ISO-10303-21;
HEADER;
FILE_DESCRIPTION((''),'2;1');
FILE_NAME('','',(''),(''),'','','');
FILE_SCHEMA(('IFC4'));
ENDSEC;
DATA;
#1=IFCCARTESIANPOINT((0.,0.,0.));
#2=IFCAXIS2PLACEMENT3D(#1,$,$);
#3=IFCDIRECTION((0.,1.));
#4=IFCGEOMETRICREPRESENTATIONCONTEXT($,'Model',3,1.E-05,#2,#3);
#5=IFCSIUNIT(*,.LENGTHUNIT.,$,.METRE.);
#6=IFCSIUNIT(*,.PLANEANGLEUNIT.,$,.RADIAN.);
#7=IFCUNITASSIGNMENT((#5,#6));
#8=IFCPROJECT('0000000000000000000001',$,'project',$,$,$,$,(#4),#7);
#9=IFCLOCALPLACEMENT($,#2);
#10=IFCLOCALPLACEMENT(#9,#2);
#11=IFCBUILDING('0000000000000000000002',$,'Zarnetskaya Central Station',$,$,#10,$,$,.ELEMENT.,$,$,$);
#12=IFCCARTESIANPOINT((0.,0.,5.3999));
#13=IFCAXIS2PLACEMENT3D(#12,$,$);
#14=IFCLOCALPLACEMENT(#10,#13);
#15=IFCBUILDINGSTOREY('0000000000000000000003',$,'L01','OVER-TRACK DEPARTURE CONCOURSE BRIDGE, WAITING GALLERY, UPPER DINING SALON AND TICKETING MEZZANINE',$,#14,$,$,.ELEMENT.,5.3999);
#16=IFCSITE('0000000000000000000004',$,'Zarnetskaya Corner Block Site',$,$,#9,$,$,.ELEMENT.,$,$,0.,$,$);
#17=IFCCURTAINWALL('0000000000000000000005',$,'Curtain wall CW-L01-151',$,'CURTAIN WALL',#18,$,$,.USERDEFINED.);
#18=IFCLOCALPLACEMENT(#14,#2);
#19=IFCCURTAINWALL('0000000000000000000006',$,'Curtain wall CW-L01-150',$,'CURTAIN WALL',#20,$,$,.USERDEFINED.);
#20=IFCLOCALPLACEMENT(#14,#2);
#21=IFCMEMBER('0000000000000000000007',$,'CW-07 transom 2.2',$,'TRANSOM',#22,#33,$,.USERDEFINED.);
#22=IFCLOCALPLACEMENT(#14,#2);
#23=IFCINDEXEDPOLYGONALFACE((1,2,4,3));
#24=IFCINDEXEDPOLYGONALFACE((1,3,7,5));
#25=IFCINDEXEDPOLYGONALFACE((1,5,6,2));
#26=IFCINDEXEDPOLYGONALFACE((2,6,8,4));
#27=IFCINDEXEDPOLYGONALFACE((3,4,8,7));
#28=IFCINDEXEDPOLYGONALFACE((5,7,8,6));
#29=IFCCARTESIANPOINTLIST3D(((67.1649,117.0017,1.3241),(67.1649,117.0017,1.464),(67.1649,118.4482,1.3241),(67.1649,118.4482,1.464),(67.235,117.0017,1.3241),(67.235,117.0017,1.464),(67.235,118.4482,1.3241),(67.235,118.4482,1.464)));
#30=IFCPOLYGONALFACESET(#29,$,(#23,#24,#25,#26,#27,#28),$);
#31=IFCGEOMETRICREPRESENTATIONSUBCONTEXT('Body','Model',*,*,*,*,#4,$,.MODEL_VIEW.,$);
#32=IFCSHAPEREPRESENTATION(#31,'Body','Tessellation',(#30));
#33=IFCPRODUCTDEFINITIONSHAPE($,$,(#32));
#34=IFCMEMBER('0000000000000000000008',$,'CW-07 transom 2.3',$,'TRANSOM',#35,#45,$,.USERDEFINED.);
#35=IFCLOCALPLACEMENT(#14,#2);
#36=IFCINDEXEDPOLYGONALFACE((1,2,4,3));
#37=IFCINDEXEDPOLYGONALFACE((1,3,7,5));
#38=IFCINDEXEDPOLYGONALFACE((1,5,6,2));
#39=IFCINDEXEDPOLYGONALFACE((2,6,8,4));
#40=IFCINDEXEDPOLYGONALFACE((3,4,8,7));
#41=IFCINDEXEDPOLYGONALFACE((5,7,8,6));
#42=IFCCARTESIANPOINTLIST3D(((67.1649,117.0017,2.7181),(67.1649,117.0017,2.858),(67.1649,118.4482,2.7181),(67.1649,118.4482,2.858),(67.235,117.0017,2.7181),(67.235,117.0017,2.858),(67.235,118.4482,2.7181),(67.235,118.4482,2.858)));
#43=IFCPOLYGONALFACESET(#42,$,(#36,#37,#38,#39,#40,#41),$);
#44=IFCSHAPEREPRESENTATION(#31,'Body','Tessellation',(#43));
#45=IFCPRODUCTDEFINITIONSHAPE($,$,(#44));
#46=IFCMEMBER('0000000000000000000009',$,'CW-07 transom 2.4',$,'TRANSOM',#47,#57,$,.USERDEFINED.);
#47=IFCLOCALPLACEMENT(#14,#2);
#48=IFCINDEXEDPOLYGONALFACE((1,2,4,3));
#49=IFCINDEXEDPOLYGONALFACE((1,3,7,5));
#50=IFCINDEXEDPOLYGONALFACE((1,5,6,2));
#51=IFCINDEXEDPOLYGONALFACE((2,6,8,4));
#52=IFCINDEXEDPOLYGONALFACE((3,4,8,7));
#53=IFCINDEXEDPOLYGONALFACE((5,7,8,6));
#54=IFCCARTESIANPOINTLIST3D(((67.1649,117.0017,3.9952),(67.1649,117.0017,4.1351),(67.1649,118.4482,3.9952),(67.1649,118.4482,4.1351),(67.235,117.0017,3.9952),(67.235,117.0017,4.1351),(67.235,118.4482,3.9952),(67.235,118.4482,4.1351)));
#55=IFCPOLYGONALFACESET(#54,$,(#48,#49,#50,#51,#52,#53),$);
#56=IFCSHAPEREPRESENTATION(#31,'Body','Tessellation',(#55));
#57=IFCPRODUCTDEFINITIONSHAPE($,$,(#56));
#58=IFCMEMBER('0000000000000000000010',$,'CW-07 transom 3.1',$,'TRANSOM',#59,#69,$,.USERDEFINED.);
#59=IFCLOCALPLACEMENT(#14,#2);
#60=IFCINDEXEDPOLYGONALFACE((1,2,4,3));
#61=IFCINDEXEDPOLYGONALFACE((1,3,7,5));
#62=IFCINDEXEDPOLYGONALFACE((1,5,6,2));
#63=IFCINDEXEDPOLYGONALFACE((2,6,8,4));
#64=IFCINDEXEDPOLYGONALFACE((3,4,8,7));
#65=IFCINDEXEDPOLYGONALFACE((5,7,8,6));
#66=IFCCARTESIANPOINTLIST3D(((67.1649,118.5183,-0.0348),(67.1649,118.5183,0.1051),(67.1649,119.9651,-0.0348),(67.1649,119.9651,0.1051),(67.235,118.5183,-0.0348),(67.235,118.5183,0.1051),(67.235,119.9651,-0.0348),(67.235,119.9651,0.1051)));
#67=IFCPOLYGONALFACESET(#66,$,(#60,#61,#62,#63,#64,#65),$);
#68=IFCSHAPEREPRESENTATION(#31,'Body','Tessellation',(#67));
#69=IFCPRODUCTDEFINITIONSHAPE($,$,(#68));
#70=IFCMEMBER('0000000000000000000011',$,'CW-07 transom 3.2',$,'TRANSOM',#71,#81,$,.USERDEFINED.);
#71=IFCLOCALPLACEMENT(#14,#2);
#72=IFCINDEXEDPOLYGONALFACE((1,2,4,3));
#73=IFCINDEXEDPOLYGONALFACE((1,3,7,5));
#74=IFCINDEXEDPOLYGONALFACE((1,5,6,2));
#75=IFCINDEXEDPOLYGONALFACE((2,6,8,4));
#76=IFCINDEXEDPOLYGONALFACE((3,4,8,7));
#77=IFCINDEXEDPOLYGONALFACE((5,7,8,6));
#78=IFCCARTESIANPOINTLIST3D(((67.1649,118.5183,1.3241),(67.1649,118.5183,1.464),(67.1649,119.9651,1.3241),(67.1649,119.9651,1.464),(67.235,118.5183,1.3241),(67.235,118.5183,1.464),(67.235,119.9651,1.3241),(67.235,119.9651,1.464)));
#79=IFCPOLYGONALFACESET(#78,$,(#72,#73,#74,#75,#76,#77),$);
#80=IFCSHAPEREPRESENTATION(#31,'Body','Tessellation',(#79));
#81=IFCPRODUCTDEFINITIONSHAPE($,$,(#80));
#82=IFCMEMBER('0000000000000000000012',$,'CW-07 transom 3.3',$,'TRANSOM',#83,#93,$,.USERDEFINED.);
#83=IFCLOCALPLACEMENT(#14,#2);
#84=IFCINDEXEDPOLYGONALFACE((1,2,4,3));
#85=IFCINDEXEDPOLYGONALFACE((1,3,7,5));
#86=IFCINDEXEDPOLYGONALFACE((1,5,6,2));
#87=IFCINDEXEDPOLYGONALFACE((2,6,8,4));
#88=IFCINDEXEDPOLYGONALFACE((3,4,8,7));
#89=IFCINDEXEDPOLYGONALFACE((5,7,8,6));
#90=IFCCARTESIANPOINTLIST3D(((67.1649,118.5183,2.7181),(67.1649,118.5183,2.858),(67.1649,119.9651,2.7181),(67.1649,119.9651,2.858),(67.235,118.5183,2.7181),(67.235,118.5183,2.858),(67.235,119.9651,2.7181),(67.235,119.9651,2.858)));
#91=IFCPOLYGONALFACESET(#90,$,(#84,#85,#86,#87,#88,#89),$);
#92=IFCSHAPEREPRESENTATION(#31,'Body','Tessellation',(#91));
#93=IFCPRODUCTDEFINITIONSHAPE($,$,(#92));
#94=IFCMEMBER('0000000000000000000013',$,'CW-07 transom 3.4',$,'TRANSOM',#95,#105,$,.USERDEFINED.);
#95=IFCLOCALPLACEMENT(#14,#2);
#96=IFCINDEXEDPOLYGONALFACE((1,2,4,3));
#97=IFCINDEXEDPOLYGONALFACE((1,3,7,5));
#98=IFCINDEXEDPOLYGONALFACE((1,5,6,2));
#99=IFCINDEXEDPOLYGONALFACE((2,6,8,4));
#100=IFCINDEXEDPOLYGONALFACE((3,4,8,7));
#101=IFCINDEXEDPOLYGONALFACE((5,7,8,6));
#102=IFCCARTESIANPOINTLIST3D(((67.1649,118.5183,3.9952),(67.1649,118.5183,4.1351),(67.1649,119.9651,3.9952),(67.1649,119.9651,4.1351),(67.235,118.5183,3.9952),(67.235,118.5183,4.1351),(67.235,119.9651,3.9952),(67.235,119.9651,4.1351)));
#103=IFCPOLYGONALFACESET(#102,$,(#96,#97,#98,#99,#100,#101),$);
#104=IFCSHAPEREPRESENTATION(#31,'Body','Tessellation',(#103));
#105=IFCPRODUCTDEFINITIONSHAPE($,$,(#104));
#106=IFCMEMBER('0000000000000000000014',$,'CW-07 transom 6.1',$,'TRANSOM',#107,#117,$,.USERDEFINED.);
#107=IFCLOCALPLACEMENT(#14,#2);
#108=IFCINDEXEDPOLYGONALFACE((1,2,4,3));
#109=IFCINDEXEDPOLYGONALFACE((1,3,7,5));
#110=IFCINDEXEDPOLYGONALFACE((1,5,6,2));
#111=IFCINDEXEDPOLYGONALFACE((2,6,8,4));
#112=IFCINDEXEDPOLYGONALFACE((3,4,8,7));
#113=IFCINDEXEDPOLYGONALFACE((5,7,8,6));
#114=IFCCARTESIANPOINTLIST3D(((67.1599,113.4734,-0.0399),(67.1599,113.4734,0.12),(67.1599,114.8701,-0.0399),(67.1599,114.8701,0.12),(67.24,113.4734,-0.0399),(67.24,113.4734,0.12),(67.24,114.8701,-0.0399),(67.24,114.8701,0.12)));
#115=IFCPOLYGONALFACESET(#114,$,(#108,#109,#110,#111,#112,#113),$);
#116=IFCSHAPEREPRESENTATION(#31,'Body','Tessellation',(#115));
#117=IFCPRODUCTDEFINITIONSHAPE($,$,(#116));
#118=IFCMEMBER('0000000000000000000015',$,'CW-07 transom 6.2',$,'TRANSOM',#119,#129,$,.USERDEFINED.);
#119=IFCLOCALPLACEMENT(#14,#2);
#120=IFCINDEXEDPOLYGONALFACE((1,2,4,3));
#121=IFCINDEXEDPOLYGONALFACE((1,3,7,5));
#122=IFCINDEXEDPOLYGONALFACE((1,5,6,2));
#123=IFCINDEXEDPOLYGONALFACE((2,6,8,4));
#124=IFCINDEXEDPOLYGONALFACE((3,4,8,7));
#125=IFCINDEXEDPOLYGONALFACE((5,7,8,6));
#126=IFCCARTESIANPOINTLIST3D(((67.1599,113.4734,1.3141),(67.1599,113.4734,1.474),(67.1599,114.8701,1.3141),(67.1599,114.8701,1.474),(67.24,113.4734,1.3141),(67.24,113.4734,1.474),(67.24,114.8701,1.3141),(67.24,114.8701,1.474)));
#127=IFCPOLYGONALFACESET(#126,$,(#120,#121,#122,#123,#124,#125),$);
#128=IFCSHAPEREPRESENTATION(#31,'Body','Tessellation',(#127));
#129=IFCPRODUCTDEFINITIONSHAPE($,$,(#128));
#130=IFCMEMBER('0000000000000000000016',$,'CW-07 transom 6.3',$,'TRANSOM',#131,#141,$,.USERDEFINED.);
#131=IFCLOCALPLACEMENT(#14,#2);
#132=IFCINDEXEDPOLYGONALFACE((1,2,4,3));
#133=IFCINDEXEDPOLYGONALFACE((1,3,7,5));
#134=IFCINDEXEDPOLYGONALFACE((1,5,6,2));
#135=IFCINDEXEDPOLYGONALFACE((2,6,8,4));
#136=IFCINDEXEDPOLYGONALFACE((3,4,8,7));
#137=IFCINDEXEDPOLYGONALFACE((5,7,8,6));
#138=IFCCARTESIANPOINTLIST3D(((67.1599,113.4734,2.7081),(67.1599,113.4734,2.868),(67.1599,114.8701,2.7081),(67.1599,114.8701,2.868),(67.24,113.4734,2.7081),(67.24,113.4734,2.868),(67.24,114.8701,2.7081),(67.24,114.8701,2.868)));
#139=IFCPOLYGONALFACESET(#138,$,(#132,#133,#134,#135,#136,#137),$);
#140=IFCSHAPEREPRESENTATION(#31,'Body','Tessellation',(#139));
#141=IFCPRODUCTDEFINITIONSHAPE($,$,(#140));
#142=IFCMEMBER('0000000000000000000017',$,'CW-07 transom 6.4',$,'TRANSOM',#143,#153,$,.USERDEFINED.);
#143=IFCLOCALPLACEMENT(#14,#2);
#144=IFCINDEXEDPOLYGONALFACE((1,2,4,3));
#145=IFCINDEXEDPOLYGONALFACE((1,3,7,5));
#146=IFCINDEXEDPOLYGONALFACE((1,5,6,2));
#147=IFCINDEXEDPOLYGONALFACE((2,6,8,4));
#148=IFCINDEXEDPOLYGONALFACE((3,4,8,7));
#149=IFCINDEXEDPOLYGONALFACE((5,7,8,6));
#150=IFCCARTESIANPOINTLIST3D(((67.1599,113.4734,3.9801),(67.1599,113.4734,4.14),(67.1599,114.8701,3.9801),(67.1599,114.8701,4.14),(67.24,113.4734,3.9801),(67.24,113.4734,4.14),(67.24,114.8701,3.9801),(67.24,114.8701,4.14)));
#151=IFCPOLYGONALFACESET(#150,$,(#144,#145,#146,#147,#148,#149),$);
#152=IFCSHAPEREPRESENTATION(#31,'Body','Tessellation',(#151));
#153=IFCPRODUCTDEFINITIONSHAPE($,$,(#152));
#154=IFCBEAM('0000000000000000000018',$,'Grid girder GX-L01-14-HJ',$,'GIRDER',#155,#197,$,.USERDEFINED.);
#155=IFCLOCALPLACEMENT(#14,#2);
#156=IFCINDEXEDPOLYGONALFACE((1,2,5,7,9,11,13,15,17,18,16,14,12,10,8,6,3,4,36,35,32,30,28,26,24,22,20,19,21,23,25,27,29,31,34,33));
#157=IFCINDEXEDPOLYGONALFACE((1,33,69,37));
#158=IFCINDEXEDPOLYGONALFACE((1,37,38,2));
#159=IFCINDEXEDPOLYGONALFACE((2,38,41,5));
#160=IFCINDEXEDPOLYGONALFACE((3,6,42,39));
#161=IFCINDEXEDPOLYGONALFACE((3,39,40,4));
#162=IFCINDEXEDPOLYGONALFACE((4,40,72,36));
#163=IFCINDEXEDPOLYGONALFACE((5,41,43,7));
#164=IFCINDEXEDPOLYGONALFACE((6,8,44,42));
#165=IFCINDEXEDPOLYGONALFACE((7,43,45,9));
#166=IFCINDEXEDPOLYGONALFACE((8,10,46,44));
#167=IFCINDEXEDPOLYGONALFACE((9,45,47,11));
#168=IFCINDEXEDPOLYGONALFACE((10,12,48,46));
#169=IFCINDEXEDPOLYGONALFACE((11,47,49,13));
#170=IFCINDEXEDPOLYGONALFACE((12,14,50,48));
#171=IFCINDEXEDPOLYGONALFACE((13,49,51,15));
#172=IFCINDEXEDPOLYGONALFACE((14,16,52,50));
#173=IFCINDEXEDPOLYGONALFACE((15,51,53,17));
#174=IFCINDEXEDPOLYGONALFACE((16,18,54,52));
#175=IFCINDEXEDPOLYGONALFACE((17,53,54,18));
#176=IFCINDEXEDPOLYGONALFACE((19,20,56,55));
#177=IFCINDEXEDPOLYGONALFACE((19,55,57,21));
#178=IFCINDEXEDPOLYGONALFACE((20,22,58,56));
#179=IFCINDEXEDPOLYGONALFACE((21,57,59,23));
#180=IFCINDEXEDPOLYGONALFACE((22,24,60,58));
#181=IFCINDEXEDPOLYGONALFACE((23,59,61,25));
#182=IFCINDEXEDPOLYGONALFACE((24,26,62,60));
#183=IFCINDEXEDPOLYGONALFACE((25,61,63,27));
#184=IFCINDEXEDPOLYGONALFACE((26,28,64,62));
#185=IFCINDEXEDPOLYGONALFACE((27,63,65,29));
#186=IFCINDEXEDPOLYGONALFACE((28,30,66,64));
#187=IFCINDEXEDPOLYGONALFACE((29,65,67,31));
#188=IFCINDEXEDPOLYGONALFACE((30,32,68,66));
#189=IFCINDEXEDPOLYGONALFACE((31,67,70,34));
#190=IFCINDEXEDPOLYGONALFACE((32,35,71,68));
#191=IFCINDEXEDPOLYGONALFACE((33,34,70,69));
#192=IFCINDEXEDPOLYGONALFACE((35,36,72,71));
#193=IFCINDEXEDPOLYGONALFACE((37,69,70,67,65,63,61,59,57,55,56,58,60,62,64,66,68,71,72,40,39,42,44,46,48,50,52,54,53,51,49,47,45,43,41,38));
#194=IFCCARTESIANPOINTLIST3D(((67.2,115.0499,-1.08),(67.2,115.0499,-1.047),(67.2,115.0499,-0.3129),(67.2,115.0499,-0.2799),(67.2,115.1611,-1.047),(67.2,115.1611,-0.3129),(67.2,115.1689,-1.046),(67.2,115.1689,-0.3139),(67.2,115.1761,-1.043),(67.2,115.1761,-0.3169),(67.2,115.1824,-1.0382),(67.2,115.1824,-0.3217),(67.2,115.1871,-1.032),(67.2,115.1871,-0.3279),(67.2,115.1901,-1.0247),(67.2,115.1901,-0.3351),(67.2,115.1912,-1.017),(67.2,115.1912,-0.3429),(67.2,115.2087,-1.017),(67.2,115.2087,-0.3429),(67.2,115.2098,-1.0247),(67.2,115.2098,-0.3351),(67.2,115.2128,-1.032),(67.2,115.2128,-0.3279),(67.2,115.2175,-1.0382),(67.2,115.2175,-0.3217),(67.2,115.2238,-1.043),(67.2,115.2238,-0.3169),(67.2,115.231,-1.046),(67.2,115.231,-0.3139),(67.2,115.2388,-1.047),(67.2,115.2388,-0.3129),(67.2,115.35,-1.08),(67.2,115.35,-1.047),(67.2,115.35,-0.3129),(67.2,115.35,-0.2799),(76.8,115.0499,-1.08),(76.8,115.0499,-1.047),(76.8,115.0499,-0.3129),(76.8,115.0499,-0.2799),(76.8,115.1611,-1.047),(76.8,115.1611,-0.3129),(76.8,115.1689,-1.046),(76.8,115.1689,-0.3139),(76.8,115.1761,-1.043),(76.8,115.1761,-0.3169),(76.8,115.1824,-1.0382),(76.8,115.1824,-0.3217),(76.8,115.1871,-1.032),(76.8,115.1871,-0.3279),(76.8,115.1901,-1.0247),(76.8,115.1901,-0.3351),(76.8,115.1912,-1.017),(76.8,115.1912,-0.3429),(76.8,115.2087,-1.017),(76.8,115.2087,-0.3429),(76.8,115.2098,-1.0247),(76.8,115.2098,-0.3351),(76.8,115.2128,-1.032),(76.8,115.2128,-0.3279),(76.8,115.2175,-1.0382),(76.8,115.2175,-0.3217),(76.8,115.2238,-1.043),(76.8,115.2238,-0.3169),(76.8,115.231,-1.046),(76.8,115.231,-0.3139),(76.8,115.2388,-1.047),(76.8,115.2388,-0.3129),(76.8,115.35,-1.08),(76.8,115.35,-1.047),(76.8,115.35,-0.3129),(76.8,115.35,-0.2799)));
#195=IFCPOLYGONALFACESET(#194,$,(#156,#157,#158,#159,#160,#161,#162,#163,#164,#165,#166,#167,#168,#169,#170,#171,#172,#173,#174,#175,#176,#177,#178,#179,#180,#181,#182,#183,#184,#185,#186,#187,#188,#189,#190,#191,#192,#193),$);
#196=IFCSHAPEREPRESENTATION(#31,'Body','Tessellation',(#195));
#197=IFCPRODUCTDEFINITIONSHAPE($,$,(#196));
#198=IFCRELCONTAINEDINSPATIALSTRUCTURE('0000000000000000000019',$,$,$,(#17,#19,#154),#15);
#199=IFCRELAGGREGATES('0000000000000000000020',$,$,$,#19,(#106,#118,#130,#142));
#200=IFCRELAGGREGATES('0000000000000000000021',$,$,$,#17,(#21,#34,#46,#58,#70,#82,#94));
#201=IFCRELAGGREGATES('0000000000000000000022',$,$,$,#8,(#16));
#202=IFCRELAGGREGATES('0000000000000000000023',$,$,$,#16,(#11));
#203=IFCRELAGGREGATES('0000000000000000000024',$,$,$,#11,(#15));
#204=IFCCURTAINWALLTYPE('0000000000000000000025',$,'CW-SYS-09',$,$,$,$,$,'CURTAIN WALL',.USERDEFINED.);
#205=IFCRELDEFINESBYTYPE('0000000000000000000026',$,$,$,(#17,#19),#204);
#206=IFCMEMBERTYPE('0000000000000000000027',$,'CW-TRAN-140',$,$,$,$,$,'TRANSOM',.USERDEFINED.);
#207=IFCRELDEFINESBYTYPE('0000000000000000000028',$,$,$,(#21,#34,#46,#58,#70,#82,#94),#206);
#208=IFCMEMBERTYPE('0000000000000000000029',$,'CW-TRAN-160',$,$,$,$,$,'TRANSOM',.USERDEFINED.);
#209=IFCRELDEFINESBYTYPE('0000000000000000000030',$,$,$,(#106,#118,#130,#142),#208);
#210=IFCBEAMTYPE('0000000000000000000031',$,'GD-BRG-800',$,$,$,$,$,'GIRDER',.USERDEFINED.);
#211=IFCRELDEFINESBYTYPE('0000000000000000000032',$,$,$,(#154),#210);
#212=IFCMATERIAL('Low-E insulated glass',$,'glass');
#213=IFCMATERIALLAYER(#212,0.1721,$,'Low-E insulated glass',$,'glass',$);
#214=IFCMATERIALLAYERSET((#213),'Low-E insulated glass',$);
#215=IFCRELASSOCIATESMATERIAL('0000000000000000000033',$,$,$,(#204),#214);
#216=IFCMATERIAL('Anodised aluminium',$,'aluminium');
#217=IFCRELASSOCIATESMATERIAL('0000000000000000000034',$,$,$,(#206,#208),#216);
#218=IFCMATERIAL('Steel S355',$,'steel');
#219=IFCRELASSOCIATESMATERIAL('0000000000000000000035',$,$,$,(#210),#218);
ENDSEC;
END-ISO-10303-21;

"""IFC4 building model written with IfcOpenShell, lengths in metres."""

from ifc_helpers import new_model, si_unit, direction, frame, origin, origin_2d, place, context, subcontext, project, spatial, rectangle, i_section, extrude, material, layer, layer_set, material_profile, profile_set, type_object, element, aggregate, save


model = new_model("IFC4")

# Units and contexts
model_context = context("Model", 3, precision=1e-05, world=origin(), true_north=direction((0.0, 1.0)))
body_context = subcontext(model_context, "Body", "Model", "MODEL_VIEW")
ifc_project = project(units=[si_unit("LENGTHUNIT", "METRE"), si_unit("PLANEANGLEUNIT", "RADIAN")], contexts=[model_context])

# Site, building, storey
site_placement = place(None, origin())
site = spatial("IfcSite", under=ifc_project, at=site_placement, Name="Zarnetskaya Corner Block Site", CompositionType="ELEMENT", RefElevation=0.0)
building_placement = place(site_placement, origin())
building = spatial("IfcBuilding", under=site, at=building_placement, Name="Zarnetskaya Central Station", CompositionType="ELEMENT")
storey_placement = place(building_placement, frame((0.0, 0.0, 5.3999)))
storey = spatial("IfcBuildingStorey", under=building, at=storey_placement, Name="L01", Description="OVER-TRACK DEPARTURE CONCOURSE BRIDGE, WAITING GALLERY, UPPER DINING SALON AND TICKETING MEZZANINE", CompositionType="ELEMENT", Elevation=5.3999)

# Shared definitions
ifc_material_1 = material(Name="Steel S355", Category="steel")

# Curtain walls
ifc_material_2 = material(Name="Low-E insulated glass", Category="glass")
ifc_layer_1 = layer(ifc_material_2, 0.1721, Name="Low-E insulated glass", Category="glass")
ifc_layer_set_1 = layer_set([ifc_layer_1], Name="Low-E insulated glass")
curtain_wall_type = type_object("IfcCurtainWallType", Name="CW-SYS-09", ElementType="CURTAIN WALL", PredefinedType="USERDEFINED", material=ifc_layer_set_1)
curtain_wall_1_placement = place(storey_placement, origin())
curtain_wall_1 = element("IfcCurtainWall", 1, at=curtain_wall_1_placement, inside=storey, type_object=curtain_wall_type, Name="Curtain wall CW-L01-151", ObjectType="CURTAIN WALL", PredefinedType="USERDEFINED")
ifc_material_3 = material(Name="Anodised aluminium", Category="aluminium")
curtain_wall_2_placement = place(storey_placement, origin())
curtain_wall_2 = element("IfcCurtainWall", 2, at=curtain_wall_2_placement, inside=storey, type_object=curtain_wall_type, Name="Curtain wall CW-L01-150", ObjectType="CURTAIN WALL", PredefinedType="USERDEFINED")

# Members
ifc_material_profile_1 = material_profile(ifc_material_3, rectangle(XDim=0.0701, YDim=0.1399, at=origin_2d()), Name="ALU TRAN 70x140")
ifc_profile_set_1 = profile_set([ifc_material_profile_1], Name="Anodised aluminium")
member_type_1 = type_object("IfcMemberType", Name="CW-TRAN-140", ElementType="TRANSOM", PredefinedType="USERDEFINED", material=ifc_profile_set_1)
member_1_placement = place(storey_placement, frame((67.2, 117.0017, 1.394), z_axis=(0.0, 1.0, 0.0), x_axis=(-1.0, 0.0, 0.0)))
member_1 = element("IfcMember", 3, at=member_1_placement, type_object=member_type_1, Name="CW-07 transom 2.2", ObjectType="TRANSOM", PredefinedType="USERDEFINED", context=body_context, shape_type="SweptSolid", body=[
    extrude(rectangle(XDim=0.0701, YDim=0.1399, at=origin_2d()), origin(), (0.0, 0.0, 1.0), 1.4465),
])
member_2_placement = place(storey_placement, frame((67.2, 117.0017, 2.7881), z_axis=(0.0, 1.0, 0.0), x_axis=(-1.0, 0.0, 0.0)))
member_2 = element("IfcMember", 4, at=member_2_placement, type_object=member_type_1, Name="CW-07 transom 2.3", ObjectType="TRANSOM", PredefinedType="USERDEFINED", context=body_context, shape_type="SweptSolid", body=[
    extrude(rectangle(XDim=0.0701, YDim=0.1399, at=origin_2d()), origin(), (0.0, 0.0, 1.0), 1.4465),
])
member_3_placement = place(storey_placement, frame((67.2, 117.0017, 4.0652), z_axis=(0.0, 1.0, 0.0), x_axis=(-1.0, 0.0, 0.0)))
member_3 = element("IfcMember", 5, at=member_3_placement, type_object=member_type_1, Name="CW-07 transom 2.4", ObjectType="TRANSOM", PredefinedType="USERDEFINED", context=body_context, shape_type="SweptSolid", body=[
    extrude(rectangle(XDim=0.0701, YDim=0.1399, at=origin_2d()), origin(), (0.0, 0.0, 1.0), 1.4465),
])
member_4_placement = place(storey_placement, frame((67.2, 118.5183, 0.0352), z_axis=(0.0, 1.0, 0.0), x_axis=(-1.0, 0.0, 0.0)))
member_4 = element("IfcMember", 6, at=member_4_placement, type_object=member_type_1, Name="CW-07 transom 3.1", ObjectType="TRANSOM", PredefinedType="USERDEFINED", context=body_context, shape_type="SweptSolid", body=[
    extrude(rectangle(XDim=0.0701, YDim=0.1399, at=origin_2d()), origin(), (0.0, 0.0, 1.0), 1.4468),
])
member_5_placement = place(storey_placement, frame((67.2, 118.5183, 1.394), z_axis=(0.0, 1.0, 0.0), x_axis=(-1.0, 0.0, 0.0)))
member_5 = element("IfcMember", 7, at=member_5_placement, type_object=member_type_1, Name="CW-07 transom 3.2", ObjectType="TRANSOM", PredefinedType="USERDEFINED", context=body_context, shape_type="SweptSolid", body=[
    extrude(rectangle(XDim=0.0701, YDim=0.1399, at=origin_2d()), origin(), (0.0, 0.0, 1.0), 1.4468),
])
member_6_placement = place(storey_placement, frame((67.2, 118.5183, 2.7881), z_axis=(0.0, 1.0, 0.0), x_axis=(-1.0, 0.0, 0.0)))
member_6 = element("IfcMember", 8, at=member_6_placement, type_object=member_type_1, Name="CW-07 transom 3.3", ObjectType="TRANSOM", PredefinedType="USERDEFINED", context=body_context, shape_type="SweptSolid", body=[
    extrude(rectangle(XDim=0.0701, YDim=0.1399, at=origin_2d()), origin(), (0.0, 0.0, 1.0), 1.4468),
])
member_7_placement = place(storey_placement, frame((67.2, 118.5183, 4.0652), z_axis=(0.0, 1.0, 0.0), x_axis=(-1.0, 0.0, 0.0)))
member_7 = element("IfcMember", 9, at=member_7_placement, type_object=member_type_1, Name="CW-07 transom 3.4", ObjectType="TRANSOM", PredefinedType="USERDEFINED", context=body_context, shape_type="SweptSolid", body=[
    extrude(rectangle(XDim=0.0701, YDim=0.1399, at=origin_2d()), origin(), (0.0, 0.0, 1.0), 1.4468),
])
ifc_material_profile_2 = material_profile(ifc_material_3, rectangle(XDim=0.0801, YDim=0.1599, at=origin_2d()), Name="ALU TRAN 80x160")
ifc_profile_set_2 = profile_set([ifc_material_profile_2], Name="Anodised aluminium")
member_type_2 = type_object("IfcMemberType", Name="CW-TRAN-160", ElementType="TRANSOM", PredefinedType="USERDEFINED", material=ifc_profile_set_2)
member_8_placement = place(storey_placement, frame((67.2, 113.4734, 0.04), z_axis=(0.0, 1.0, 0.0), x_axis=(-1.0, 0.0, 0.0)))
member_8 = element("IfcMember", 10, at=member_8_placement, type_object=member_type_2, Name="CW-07 transom 6.1", ObjectType="TRANSOM", PredefinedType="USERDEFINED", context=body_context, shape_type="SweptSolid", body=[
    extrude(rectangle(XDim=0.0801, YDim=0.1599, at=origin_2d()), origin(), (0.0, 0.0, 1.0), 1.3967),
])
member_9_placement = place(storey_placement, frame((67.2, 113.4734, 1.394), z_axis=(0.0, 1.0, 0.0), x_axis=(-1.0, 0.0, 0.0)))
member_9 = element("IfcMember", 11, at=member_9_placement, type_object=member_type_2, Name="CW-07 transom 6.2", ObjectType="TRANSOM", PredefinedType="USERDEFINED", context=body_context, shape_type="SweptSolid", body=[
    extrude(rectangle(XDim=0.0801, YDim=0.1599, at=origin_2d()), origin(), (0.0, 0.0, 1.0), 1.3967),
])
member_10_placement = place(storey_placement, frame((67.2, 113.4734, 2.7881), z_axis=(0.0, 1.0, 0.0), x_axis=(-1.0, 0.0, 0.0)))
member_10 = element("IfcMember", 12, at=member_10_placement, type_object=member_type_2, Name="CW-07 transom 6.3", ObjectType="TRANSOM", PredefinedType="USERDEFINED", context=body_context, shape_type="SweptSolid", body=[
    extrude(rectangle(XDim=0.0801, YDim=0.1599, at=origin_2d()), origin(), (0.0, 0.0, 1.0), 1.3967),
])
member_11_placement = place(storey_placement, frame((67.2, 113.4734, 4.0601), z_axis=(0.0, 1.0, 0.0), x_axis=(-1.0, 0.0, 0.0)))
member_11 = element("IfcMember", 13, at=member_11_placement, type_object=member_type_2, Name="CW-07 transom 6.4", ObjectType="TRANSOM", PredefinedType="USERDEFINED", context=body_context, shape_type="SweptSolid", body=[
    extrude(rectangle(XDim=0.0801, YDim=0.1599, at=origin_2d()), origin(), (0.0, 0.0, 1.0), 1.3967),
])

# Beam
ifc_material_profile_3 = material_profile(ifc_material_1, i_section(OverallWidth=0.3, OverallDepth=0.8, WebThickness=0.0176, FlangeThickness=0.033, FilletRadius=0.03, at=origin_2d()), Name="HEB 800")
ifc_profile_set_3 = profile_set([ifc_material_profile_3], Name="Steel S355")
beam_type_1 = type_object("IfcBeamType", Name="GD-BRG-800", ElementType="GIRDER", PredefinedType="USERDEFINED", material=ifc_profile_set_3)
beam_1_placement = place(storey_placement, frame((67.2, 115.2, -0.6799), z_axis=(1.0, 0.0, 0.0), x_axis=(0.0, 1.0, 0.0)))
element("IfcBeam", 14, at=beam_1_placement, inside=storey, type_object=beam_type_1, Name="Grid girder GX-L01-14-HJ", ObjectType="GIRDER", PredefinedType="USERDEFINED", context=body_context, shape_type="SweptSolid", body=[
    extrude(i_section(OverallWidth=0.3, OverallDepth=0.8, WebThickness=0.0176, FlangeThickness=0.033, FilletRadius=0.03, at=origin_2d()), origin(), (0.0, 0.0, 1.0), 9.6001),
])

aggregate(curtain_wall_2, [member_8, member_9, member_10, member_11])
aggregate(curtain_wall_1, [member_1, member_2, member_3, member_4, member_5, member_6, member_7])

save(model, "model.ifc")
